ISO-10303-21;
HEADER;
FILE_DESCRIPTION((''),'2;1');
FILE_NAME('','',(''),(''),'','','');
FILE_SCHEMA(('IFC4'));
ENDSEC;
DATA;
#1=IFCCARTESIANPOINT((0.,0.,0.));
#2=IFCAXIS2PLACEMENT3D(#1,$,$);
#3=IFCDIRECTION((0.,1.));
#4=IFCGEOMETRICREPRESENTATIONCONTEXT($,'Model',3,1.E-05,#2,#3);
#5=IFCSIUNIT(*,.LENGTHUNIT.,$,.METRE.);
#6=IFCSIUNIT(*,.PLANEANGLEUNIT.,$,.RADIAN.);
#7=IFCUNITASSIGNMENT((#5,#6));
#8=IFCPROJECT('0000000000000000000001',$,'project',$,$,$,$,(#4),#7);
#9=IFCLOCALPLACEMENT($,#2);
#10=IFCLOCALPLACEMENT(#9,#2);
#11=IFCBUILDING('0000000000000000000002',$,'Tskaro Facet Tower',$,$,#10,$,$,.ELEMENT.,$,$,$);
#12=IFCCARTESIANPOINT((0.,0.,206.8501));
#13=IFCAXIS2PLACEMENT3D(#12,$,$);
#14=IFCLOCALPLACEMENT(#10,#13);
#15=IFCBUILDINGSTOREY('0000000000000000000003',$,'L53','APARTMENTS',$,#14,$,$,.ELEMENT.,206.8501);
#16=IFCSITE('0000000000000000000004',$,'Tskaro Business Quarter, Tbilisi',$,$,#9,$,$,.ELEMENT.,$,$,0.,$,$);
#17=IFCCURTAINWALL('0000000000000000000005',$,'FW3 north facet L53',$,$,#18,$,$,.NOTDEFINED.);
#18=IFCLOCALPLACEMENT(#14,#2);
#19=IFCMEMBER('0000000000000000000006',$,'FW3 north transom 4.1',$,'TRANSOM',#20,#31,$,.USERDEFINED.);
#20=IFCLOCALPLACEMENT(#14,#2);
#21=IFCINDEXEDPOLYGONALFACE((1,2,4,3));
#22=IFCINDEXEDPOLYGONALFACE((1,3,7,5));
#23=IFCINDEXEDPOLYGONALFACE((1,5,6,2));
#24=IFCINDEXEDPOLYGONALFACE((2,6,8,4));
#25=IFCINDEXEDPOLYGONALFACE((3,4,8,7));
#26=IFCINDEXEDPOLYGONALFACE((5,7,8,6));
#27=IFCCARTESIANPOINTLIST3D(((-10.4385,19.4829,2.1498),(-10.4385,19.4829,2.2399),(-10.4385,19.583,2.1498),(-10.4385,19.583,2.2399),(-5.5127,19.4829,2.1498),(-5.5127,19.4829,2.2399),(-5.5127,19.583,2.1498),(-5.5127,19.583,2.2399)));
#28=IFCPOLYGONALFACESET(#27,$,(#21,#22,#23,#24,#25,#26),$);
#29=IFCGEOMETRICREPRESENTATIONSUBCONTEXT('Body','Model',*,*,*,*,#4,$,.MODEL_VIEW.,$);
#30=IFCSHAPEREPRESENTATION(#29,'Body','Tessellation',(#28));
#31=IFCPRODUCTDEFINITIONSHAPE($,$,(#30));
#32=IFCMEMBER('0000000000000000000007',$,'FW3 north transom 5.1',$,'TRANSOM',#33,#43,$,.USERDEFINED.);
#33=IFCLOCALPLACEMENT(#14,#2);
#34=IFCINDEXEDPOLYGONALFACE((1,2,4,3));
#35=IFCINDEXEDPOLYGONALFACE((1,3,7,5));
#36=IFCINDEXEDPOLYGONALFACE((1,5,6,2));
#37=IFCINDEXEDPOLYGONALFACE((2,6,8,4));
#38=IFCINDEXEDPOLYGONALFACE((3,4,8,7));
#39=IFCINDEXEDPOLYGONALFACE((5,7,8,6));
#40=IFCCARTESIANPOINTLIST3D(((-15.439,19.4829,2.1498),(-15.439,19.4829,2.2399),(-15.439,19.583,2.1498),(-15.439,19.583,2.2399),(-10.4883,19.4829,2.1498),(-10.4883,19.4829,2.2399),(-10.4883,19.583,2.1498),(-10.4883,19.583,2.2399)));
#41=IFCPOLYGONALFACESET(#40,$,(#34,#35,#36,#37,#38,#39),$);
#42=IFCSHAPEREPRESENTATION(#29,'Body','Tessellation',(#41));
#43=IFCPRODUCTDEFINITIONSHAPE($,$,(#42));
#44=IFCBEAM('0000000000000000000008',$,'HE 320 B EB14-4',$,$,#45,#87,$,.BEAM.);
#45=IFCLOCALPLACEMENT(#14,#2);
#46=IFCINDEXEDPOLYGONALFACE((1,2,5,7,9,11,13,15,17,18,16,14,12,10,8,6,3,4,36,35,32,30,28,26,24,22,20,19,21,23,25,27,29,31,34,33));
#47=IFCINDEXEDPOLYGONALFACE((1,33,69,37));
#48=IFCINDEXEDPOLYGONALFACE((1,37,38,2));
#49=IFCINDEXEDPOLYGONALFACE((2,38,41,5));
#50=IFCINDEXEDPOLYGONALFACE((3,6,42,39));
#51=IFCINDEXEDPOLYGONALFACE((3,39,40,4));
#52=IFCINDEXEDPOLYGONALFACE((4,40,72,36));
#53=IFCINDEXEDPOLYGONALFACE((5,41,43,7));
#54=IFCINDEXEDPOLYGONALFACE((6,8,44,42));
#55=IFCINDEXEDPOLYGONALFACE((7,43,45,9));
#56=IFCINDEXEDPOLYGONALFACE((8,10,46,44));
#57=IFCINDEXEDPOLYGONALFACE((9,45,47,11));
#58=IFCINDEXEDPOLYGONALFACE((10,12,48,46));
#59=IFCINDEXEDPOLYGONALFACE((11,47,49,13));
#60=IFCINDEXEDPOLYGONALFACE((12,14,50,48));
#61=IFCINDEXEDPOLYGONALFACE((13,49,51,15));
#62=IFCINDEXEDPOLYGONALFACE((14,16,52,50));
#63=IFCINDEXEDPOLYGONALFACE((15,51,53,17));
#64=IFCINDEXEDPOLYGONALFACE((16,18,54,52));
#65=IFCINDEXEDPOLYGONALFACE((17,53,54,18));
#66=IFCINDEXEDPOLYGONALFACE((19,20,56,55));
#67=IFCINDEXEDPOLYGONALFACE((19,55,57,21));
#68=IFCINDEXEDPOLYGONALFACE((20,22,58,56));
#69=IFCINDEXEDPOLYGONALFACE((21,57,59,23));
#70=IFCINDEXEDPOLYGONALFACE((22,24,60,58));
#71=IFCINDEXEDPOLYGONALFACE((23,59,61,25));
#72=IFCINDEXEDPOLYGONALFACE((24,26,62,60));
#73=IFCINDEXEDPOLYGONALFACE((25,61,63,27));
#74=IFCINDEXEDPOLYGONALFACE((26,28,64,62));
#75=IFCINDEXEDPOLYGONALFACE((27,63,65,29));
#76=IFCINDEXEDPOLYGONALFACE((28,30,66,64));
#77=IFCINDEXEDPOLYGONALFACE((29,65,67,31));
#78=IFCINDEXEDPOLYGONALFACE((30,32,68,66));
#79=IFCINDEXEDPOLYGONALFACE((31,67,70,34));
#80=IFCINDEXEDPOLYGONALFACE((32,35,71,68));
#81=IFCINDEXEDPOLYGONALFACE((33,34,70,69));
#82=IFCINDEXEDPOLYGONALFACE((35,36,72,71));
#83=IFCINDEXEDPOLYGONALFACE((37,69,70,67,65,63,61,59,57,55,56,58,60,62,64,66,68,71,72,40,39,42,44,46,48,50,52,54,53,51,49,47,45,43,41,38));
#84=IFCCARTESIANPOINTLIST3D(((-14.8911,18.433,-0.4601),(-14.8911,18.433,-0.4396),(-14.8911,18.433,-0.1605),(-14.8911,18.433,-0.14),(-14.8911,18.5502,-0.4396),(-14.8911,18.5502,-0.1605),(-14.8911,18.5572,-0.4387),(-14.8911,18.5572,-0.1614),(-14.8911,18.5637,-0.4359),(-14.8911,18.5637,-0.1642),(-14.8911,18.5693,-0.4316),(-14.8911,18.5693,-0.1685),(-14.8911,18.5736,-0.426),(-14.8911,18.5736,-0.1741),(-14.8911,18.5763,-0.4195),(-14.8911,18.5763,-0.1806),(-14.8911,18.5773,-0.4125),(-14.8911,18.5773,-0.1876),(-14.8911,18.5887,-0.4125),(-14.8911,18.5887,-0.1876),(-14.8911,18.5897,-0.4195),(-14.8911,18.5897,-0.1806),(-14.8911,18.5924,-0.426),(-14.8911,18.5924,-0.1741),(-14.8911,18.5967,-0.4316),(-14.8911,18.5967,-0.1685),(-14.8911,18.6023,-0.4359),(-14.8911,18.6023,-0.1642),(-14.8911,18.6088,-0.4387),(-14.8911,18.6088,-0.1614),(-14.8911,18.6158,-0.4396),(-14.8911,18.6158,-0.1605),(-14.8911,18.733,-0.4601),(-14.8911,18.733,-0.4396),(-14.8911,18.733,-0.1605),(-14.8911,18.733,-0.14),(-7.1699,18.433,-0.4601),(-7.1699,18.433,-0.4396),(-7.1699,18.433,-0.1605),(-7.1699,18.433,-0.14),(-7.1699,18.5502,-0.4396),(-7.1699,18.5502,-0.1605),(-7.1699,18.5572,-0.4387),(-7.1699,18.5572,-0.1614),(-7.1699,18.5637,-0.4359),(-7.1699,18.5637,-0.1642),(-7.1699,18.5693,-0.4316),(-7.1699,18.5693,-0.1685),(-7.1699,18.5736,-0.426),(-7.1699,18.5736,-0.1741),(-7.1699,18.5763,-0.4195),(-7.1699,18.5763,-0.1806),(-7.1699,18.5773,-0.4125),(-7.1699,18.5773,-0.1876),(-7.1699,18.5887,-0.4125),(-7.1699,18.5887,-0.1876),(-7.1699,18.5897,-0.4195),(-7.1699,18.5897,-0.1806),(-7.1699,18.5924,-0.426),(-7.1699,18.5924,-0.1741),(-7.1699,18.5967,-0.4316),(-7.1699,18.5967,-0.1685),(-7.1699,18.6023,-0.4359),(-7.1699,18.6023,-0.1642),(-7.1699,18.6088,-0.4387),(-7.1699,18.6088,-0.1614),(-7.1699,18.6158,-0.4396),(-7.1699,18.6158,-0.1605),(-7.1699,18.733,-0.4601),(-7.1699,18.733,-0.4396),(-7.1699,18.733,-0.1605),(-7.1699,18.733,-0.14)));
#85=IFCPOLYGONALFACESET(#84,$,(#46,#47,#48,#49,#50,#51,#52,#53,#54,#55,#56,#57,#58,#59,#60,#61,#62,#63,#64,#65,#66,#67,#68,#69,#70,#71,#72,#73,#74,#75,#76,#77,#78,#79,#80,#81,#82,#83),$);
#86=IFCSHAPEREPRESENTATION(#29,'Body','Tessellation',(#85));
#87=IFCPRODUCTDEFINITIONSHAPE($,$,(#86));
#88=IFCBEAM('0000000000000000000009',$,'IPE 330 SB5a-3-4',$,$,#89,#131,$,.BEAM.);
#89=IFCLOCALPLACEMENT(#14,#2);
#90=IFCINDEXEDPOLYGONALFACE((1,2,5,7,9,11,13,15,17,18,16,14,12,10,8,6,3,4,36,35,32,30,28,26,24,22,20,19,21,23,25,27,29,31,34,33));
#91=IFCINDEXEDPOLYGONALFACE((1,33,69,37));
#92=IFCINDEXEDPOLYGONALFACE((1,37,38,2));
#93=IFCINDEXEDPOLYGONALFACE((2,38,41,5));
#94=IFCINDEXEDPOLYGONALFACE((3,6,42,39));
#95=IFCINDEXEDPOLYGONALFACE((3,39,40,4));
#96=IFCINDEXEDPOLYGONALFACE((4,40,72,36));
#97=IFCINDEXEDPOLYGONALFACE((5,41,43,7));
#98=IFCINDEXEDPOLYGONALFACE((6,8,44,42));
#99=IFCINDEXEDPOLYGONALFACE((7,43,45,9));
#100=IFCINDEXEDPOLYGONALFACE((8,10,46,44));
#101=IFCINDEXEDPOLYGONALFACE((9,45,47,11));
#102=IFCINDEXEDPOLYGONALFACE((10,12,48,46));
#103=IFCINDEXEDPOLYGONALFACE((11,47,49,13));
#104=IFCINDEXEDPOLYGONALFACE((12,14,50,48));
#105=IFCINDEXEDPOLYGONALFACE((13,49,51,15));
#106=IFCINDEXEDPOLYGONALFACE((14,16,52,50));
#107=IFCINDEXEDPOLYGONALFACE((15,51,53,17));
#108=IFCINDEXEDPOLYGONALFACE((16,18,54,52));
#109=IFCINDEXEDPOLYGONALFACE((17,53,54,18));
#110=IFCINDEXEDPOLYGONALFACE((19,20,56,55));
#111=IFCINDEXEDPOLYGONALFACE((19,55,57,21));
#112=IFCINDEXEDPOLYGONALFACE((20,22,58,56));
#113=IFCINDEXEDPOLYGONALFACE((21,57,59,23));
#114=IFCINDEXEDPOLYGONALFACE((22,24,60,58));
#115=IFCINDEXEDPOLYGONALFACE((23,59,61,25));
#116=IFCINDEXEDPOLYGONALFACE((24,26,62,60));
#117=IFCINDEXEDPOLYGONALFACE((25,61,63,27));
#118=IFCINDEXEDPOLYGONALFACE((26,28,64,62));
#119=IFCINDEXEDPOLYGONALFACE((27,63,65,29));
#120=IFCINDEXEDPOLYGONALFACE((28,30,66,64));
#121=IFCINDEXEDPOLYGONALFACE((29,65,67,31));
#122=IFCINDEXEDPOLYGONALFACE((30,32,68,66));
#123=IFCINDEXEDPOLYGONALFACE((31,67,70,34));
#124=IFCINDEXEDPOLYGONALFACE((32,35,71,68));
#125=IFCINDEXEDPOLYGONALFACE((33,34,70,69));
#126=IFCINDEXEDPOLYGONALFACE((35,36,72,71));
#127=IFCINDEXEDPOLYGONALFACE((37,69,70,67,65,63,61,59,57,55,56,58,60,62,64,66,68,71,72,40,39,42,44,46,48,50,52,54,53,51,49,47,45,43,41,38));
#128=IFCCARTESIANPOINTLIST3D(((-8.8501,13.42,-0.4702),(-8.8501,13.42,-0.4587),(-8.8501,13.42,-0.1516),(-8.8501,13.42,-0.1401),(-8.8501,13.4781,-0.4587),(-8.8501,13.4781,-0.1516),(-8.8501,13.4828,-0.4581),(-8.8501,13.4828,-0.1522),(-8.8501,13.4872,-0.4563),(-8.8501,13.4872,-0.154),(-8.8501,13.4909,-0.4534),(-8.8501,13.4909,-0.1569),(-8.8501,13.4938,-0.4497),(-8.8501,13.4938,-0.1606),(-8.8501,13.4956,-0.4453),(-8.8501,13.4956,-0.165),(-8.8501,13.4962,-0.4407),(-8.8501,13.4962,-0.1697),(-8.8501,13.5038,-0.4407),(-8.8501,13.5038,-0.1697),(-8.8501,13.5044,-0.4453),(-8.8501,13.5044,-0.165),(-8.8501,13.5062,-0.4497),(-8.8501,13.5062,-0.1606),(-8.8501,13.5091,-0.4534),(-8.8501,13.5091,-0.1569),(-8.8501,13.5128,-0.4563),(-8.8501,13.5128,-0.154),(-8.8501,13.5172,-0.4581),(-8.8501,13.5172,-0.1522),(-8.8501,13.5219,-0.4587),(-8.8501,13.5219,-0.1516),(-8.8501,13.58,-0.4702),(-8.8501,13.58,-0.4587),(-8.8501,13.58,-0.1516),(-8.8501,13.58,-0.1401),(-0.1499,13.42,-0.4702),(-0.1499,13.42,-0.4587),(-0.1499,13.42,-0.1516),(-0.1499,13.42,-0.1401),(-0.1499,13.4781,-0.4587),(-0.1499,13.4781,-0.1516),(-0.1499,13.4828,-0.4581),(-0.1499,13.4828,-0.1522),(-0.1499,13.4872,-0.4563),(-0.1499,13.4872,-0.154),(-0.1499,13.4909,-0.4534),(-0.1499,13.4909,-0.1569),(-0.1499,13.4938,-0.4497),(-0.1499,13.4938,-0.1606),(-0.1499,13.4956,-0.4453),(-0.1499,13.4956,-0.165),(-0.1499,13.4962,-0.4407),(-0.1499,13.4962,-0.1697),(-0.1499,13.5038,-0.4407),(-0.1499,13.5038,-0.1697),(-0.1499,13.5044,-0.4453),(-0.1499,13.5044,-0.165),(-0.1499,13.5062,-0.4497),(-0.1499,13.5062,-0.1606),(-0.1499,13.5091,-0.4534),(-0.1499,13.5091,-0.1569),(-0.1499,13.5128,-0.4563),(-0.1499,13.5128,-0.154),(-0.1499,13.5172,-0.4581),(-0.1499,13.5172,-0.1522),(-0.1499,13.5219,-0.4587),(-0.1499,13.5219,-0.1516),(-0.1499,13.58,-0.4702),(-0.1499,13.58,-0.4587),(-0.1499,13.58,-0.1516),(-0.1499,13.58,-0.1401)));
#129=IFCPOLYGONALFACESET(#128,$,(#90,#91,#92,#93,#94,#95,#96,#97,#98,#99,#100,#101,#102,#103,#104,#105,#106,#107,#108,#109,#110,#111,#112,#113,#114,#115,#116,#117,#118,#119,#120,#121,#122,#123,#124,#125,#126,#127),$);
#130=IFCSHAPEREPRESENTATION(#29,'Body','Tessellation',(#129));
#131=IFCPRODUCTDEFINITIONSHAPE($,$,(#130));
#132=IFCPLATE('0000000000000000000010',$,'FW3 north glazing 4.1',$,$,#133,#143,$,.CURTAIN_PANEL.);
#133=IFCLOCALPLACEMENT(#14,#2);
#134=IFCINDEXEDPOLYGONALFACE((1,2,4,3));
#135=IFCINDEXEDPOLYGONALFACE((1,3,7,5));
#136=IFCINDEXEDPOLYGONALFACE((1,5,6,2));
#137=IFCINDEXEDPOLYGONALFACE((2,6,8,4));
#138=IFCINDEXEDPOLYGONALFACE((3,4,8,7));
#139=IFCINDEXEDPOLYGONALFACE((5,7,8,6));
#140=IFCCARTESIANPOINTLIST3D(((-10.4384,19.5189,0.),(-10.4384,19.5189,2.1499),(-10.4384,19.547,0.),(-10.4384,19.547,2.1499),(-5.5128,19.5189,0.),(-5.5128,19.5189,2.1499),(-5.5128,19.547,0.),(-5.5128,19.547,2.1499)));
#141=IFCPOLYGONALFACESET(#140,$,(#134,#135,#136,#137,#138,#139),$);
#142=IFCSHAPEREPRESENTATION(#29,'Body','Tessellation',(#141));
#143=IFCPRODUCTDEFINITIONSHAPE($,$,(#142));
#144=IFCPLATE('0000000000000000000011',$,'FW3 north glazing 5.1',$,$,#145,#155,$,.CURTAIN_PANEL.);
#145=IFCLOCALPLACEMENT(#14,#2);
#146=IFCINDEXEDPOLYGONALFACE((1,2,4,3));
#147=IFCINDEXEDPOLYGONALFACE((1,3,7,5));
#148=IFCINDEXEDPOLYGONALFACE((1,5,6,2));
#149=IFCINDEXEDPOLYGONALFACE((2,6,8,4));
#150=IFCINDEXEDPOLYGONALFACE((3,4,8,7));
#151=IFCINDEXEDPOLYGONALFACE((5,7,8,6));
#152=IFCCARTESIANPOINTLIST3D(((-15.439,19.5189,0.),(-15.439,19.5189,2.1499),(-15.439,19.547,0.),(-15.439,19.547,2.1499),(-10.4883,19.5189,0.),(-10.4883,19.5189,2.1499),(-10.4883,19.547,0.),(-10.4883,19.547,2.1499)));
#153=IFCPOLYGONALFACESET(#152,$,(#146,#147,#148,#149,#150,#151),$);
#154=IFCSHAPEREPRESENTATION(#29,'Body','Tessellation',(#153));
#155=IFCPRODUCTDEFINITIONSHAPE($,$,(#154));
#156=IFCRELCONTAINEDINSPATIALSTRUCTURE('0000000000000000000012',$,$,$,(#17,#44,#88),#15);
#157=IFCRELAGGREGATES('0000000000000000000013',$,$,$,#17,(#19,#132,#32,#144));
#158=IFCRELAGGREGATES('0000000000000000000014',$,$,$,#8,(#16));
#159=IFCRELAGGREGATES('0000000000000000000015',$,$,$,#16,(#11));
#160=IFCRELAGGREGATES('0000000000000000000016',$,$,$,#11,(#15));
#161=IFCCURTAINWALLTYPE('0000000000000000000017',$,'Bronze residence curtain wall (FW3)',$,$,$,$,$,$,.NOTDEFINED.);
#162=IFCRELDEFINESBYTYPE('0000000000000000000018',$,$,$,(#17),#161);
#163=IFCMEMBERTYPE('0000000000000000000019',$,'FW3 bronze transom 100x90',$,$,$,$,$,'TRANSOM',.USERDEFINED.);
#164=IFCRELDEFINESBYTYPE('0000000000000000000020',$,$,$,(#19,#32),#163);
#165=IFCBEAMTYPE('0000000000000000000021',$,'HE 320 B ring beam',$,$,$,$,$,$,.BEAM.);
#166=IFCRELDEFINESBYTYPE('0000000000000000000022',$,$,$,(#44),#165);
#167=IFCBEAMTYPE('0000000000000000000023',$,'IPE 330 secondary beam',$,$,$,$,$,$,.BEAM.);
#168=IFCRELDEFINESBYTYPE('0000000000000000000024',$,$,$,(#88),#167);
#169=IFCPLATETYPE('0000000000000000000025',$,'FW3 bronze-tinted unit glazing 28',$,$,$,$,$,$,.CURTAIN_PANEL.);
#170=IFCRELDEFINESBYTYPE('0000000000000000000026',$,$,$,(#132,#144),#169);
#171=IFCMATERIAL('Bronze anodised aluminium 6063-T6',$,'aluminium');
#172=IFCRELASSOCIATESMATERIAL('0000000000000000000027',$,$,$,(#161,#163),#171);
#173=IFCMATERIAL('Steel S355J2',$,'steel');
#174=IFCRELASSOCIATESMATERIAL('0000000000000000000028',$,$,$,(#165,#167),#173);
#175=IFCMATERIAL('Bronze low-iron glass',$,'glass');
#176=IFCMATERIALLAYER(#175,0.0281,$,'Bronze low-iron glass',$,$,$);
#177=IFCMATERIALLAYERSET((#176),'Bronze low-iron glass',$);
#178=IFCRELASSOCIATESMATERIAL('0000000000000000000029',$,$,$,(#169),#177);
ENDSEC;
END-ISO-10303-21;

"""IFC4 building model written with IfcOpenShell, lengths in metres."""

from ifc_helpers import new_model, si_unit, direction, frame, origin, origin_2d, place, context, subcontext, project, spatial, rectangle, i_section, extrude, material, layer, layer_set, material_profile, profile_set, type_object, element, aggregate, save


model = new_model("IFC4")

# Units and contexts
model_context = context("Model", 3, precision=1e-05, world=origin(), true_north=direction((0.0, 1.0)))
body_context = subcontext(model_context, "Body", "Model", "MODEL_VIEW")
ifc_project = project(units=[si_unit("LENGTHUNIT", "METRE"), si_unit("PLANEANGLEUNIT", "RADIAN")], contexts=[model_context])

# Site, building, storey
site_placement = place(None, origin())
site = spatial("IfcSite", under=ifc_project, at=site_placement, Name="Tskaro Business Quarter, Tbilisi", CompositionType="ELEMENT", RefElevation=0.0)
building_placement = place(site_placement, origin())
building = spatial("IfcBuilding", under=site, at=building_placement, Name="Tskaro Facet Tower", CompositionType="ELEMENT")
storey_placement = place(building_placement, frame((0.0, 0.0, 206.8501)))
storey = spatial("IfcBuildingStorey", under=building, at=storey_placement, Name="L53", Description="APARTMENTS", CompositionType="ELEMENT", Elevation=206.8501)

# Curtain wall, members
ifc_material_1 = material(Name="Bronze anodised aluminium 6063-T6", Category="aluminium")
curtain_wall_type = type_object("IfcCurtainWallType", Name="Bronze residence curtain wall (FW3)", PredefinedType="NOTDEFINED", material=ifc_material_1)
curtain_wall_placement = place(storey_placement, origin())
curtain_wall = element("IfcCurtainWall", 1, at=curtain_wall_placement, inside=storey, type_object=curtain_wall_type, Name="FW3 north facet L53", PredefinedType="NOTDEFINED")
ifc_material_profile_1 = material_profile(ifc_material_1, rectangle(XDim=0.1001, YDim=0.0901, at=origin_2d()), Name="Transom 100x90")
ifc_profile_set_1 = profile_set([ifc_material_profile_1], Name="Bronze anodised aluminium 6063-T6")
member_type_1 = type_object("IfcMemberType", Name="FW3 bronze transom 100x90", ElementType="TRANSOM", PredefinedType="USERDEFINED", material=ifc_profile_set_1)
member_1_placement = place(storey_placement, frame((-5.5127, 19.533, 2.1948), z_axis=(-1.0, 0.0, 0.0), x_axis=(0.0, -1.0, 0.0)))
member_1 = element("IfcMember", 2, at=member_1_placement, type_object=member_type_1, Name="FW3 north transom 4.1", ObjectType="TRANSOM", PredefinedType="USERDEFINED", context=body_context, shape_type="SweptSolid", body=[
    extrude(rectangle(XDim=0.1001, YDim=0.0901, at=origin_2d()), origin(), (0.0, 0.0, 1.0), 4.9258),
])
member_2_placement = place(storey_placement, frame((-10.4883, 19.533, 2.1948), z_axis=(-1.0, 0.0, 0.0), x_axis=(0.0, -1.0, 0.0)))
member_2 = element("IfcMember", 3, at=member_2_placement, type_object=member_type_1, Name="FW3 north transom 5.1", ObjectType="TRANSOM", PredefinedType="USERDEFINED", context=body_context, shape_type="SweptSolid", body=[
    extrude(rectangle(XDim=0.1001, YDim=0.0901, at=origin_2d()), origin(), (0.0, 0.0, 1.0), 4.9507),
])

# Beams
ifc_material_2 = material(Name="Steel S355J2", Category="steel")
ifc_material_profile_2 = material_profile(ifc_material_2, i_section(OverallWidth=0.3, OverallDepth=0.3201, WebThickness=0.0115, FlangeThickness=0.0205, FilletRadius=0.0271, at=origin_2d()), Name="HE 320 B")
ifc_profile_set_2 = profile_set([ifc_material_profile_2], Name="Steel S355J2")
beam_type_1 = type_object("IfcBeamType", Name="HE 320 B ring beam", PredefinedType="BEAM", material=ifc_profile_set_2)
beam_1_placement = place(storey_placement, frame((-7.1699, 18.583, -0.3), z_axis=(-1.0, 0.0, 0.0), x_axis=(0.0, -1.0, 0.0)))
element("IfcBeam", 4, at=beam_1_placement, inside=storey, type_object=beam_type_1, Name="HE 320 B EB14-4", PredefinedType="BEAM", context=body_context, shape_type="SweptSolid", body=[
    extrude(i_section(OverallWidth=0.3, OverallDepth=0.3201, WebThickness=0.0115, FlangeThickness=0.0205, FilletRadius=0.0271, at=origin_2d()), origin(), (0.0, 0.0, 1.0), 7.7212),
])
ifc_material_profile_3 = material_profile(ifc_material_2, i_section(OverallWidth=0.1599, OverallDepth=0.3301, WebThickness=0.0076, FlangeThickness=0.0115, FilletRadius=0.0181, at=origin_2d()), Name="IPE 330")
ifc_profile_set_3 = profile_set([ifc_material_profile_3], Name="Steel S355J2")
beam_type_2 = type_object("IfcBeamType", Name="IPE 330 secondary beam", PredefinedType="BEAM", material=ifc_profile_set_3)
beam_2_placement = place(storey_placement, frame((-8.8501, 13.5, -0.3052), z_axis=(1.0, 0.0, 0.0), x_axis=(0.0, 1.0, 0.0)))
element("IfcBeam", 5, at=beam_2_placement, inside=storey, type_object=beam_type_2, Name="IPE 330 SB5a-3-4", PredefinedType="BEAM", context=body_context, shape_type="SweptSolid", body=[
    extrude(i_section(OverallWidth=0.1599, OverallDepth=0.3301, WebThickness=0.0076, FlangeThickness=0.0115, FilletRadius=0.0181, at=origin_2d()), origin(), (0.0, 0.0, 1.0), 8.7002),
])

# Plates
ifc_material_3 = material(Name="Bronze low-iron glass", Category="glass")
ifc_layer_1 = layer(ifc_material_3, 0.0281, Name="Bronze low-iron glass")
ifc_layer_set_1 = layer_set([ifc_layer_1], Name="Bronze low-iron glass")
plate_type = type_object("IfcPlateType", Name="FW3 bronze-tinted unit glazing 28", PredefinedType="CURTAIN_PANEL", material=ifc_layer_set_1)
plate_1_placement = place(storey_placement, frame((-7.9756, 19.533, 0.0), z_axis=(0.0, 0.0, 1.0), x_axis=(-1.0, 0.0, 0.0)))
plate_1 = element("IfcPlate", 6, at=plate_1_placement, type_object=plate_type, Name="FW3 north glazing 4.1", PredefinedType="CURTAIN_PANEL", context=body_context, shape_type="SweptSolid", body=[
    extrude(rectangle(XDim=4.9255, YDim=0.0281, at=origin_2d()), origin(), (0.0, 0.0, 1.0), 2.1499),
])
plate_2_placement = place(storey_placement, frame((-12.9636, 19.533, 0.0), z_axis=(0.0, 0.0, 1.0), x_axis=(-1.0, 0.0, 0.0)))
plate_2 = element("IfcPlate", 7, at=plate_2_placement, type_object=plate_type, Name="FW3 north glazing 5.1", PredefinedType="CURTAIN_PANEL", context=body_context, shape_type="SweptSolid", body=[
    extrude(rectangle(XDim=4.9507, YDim=0.0281, at=origin_2d()), origin(), (0.0, 0.0, 1.0), 2.1499),
])
aggregate(curtain_wall, [member_1, plate_1, member_2, plate_2])

save(model, "model.ifc")
